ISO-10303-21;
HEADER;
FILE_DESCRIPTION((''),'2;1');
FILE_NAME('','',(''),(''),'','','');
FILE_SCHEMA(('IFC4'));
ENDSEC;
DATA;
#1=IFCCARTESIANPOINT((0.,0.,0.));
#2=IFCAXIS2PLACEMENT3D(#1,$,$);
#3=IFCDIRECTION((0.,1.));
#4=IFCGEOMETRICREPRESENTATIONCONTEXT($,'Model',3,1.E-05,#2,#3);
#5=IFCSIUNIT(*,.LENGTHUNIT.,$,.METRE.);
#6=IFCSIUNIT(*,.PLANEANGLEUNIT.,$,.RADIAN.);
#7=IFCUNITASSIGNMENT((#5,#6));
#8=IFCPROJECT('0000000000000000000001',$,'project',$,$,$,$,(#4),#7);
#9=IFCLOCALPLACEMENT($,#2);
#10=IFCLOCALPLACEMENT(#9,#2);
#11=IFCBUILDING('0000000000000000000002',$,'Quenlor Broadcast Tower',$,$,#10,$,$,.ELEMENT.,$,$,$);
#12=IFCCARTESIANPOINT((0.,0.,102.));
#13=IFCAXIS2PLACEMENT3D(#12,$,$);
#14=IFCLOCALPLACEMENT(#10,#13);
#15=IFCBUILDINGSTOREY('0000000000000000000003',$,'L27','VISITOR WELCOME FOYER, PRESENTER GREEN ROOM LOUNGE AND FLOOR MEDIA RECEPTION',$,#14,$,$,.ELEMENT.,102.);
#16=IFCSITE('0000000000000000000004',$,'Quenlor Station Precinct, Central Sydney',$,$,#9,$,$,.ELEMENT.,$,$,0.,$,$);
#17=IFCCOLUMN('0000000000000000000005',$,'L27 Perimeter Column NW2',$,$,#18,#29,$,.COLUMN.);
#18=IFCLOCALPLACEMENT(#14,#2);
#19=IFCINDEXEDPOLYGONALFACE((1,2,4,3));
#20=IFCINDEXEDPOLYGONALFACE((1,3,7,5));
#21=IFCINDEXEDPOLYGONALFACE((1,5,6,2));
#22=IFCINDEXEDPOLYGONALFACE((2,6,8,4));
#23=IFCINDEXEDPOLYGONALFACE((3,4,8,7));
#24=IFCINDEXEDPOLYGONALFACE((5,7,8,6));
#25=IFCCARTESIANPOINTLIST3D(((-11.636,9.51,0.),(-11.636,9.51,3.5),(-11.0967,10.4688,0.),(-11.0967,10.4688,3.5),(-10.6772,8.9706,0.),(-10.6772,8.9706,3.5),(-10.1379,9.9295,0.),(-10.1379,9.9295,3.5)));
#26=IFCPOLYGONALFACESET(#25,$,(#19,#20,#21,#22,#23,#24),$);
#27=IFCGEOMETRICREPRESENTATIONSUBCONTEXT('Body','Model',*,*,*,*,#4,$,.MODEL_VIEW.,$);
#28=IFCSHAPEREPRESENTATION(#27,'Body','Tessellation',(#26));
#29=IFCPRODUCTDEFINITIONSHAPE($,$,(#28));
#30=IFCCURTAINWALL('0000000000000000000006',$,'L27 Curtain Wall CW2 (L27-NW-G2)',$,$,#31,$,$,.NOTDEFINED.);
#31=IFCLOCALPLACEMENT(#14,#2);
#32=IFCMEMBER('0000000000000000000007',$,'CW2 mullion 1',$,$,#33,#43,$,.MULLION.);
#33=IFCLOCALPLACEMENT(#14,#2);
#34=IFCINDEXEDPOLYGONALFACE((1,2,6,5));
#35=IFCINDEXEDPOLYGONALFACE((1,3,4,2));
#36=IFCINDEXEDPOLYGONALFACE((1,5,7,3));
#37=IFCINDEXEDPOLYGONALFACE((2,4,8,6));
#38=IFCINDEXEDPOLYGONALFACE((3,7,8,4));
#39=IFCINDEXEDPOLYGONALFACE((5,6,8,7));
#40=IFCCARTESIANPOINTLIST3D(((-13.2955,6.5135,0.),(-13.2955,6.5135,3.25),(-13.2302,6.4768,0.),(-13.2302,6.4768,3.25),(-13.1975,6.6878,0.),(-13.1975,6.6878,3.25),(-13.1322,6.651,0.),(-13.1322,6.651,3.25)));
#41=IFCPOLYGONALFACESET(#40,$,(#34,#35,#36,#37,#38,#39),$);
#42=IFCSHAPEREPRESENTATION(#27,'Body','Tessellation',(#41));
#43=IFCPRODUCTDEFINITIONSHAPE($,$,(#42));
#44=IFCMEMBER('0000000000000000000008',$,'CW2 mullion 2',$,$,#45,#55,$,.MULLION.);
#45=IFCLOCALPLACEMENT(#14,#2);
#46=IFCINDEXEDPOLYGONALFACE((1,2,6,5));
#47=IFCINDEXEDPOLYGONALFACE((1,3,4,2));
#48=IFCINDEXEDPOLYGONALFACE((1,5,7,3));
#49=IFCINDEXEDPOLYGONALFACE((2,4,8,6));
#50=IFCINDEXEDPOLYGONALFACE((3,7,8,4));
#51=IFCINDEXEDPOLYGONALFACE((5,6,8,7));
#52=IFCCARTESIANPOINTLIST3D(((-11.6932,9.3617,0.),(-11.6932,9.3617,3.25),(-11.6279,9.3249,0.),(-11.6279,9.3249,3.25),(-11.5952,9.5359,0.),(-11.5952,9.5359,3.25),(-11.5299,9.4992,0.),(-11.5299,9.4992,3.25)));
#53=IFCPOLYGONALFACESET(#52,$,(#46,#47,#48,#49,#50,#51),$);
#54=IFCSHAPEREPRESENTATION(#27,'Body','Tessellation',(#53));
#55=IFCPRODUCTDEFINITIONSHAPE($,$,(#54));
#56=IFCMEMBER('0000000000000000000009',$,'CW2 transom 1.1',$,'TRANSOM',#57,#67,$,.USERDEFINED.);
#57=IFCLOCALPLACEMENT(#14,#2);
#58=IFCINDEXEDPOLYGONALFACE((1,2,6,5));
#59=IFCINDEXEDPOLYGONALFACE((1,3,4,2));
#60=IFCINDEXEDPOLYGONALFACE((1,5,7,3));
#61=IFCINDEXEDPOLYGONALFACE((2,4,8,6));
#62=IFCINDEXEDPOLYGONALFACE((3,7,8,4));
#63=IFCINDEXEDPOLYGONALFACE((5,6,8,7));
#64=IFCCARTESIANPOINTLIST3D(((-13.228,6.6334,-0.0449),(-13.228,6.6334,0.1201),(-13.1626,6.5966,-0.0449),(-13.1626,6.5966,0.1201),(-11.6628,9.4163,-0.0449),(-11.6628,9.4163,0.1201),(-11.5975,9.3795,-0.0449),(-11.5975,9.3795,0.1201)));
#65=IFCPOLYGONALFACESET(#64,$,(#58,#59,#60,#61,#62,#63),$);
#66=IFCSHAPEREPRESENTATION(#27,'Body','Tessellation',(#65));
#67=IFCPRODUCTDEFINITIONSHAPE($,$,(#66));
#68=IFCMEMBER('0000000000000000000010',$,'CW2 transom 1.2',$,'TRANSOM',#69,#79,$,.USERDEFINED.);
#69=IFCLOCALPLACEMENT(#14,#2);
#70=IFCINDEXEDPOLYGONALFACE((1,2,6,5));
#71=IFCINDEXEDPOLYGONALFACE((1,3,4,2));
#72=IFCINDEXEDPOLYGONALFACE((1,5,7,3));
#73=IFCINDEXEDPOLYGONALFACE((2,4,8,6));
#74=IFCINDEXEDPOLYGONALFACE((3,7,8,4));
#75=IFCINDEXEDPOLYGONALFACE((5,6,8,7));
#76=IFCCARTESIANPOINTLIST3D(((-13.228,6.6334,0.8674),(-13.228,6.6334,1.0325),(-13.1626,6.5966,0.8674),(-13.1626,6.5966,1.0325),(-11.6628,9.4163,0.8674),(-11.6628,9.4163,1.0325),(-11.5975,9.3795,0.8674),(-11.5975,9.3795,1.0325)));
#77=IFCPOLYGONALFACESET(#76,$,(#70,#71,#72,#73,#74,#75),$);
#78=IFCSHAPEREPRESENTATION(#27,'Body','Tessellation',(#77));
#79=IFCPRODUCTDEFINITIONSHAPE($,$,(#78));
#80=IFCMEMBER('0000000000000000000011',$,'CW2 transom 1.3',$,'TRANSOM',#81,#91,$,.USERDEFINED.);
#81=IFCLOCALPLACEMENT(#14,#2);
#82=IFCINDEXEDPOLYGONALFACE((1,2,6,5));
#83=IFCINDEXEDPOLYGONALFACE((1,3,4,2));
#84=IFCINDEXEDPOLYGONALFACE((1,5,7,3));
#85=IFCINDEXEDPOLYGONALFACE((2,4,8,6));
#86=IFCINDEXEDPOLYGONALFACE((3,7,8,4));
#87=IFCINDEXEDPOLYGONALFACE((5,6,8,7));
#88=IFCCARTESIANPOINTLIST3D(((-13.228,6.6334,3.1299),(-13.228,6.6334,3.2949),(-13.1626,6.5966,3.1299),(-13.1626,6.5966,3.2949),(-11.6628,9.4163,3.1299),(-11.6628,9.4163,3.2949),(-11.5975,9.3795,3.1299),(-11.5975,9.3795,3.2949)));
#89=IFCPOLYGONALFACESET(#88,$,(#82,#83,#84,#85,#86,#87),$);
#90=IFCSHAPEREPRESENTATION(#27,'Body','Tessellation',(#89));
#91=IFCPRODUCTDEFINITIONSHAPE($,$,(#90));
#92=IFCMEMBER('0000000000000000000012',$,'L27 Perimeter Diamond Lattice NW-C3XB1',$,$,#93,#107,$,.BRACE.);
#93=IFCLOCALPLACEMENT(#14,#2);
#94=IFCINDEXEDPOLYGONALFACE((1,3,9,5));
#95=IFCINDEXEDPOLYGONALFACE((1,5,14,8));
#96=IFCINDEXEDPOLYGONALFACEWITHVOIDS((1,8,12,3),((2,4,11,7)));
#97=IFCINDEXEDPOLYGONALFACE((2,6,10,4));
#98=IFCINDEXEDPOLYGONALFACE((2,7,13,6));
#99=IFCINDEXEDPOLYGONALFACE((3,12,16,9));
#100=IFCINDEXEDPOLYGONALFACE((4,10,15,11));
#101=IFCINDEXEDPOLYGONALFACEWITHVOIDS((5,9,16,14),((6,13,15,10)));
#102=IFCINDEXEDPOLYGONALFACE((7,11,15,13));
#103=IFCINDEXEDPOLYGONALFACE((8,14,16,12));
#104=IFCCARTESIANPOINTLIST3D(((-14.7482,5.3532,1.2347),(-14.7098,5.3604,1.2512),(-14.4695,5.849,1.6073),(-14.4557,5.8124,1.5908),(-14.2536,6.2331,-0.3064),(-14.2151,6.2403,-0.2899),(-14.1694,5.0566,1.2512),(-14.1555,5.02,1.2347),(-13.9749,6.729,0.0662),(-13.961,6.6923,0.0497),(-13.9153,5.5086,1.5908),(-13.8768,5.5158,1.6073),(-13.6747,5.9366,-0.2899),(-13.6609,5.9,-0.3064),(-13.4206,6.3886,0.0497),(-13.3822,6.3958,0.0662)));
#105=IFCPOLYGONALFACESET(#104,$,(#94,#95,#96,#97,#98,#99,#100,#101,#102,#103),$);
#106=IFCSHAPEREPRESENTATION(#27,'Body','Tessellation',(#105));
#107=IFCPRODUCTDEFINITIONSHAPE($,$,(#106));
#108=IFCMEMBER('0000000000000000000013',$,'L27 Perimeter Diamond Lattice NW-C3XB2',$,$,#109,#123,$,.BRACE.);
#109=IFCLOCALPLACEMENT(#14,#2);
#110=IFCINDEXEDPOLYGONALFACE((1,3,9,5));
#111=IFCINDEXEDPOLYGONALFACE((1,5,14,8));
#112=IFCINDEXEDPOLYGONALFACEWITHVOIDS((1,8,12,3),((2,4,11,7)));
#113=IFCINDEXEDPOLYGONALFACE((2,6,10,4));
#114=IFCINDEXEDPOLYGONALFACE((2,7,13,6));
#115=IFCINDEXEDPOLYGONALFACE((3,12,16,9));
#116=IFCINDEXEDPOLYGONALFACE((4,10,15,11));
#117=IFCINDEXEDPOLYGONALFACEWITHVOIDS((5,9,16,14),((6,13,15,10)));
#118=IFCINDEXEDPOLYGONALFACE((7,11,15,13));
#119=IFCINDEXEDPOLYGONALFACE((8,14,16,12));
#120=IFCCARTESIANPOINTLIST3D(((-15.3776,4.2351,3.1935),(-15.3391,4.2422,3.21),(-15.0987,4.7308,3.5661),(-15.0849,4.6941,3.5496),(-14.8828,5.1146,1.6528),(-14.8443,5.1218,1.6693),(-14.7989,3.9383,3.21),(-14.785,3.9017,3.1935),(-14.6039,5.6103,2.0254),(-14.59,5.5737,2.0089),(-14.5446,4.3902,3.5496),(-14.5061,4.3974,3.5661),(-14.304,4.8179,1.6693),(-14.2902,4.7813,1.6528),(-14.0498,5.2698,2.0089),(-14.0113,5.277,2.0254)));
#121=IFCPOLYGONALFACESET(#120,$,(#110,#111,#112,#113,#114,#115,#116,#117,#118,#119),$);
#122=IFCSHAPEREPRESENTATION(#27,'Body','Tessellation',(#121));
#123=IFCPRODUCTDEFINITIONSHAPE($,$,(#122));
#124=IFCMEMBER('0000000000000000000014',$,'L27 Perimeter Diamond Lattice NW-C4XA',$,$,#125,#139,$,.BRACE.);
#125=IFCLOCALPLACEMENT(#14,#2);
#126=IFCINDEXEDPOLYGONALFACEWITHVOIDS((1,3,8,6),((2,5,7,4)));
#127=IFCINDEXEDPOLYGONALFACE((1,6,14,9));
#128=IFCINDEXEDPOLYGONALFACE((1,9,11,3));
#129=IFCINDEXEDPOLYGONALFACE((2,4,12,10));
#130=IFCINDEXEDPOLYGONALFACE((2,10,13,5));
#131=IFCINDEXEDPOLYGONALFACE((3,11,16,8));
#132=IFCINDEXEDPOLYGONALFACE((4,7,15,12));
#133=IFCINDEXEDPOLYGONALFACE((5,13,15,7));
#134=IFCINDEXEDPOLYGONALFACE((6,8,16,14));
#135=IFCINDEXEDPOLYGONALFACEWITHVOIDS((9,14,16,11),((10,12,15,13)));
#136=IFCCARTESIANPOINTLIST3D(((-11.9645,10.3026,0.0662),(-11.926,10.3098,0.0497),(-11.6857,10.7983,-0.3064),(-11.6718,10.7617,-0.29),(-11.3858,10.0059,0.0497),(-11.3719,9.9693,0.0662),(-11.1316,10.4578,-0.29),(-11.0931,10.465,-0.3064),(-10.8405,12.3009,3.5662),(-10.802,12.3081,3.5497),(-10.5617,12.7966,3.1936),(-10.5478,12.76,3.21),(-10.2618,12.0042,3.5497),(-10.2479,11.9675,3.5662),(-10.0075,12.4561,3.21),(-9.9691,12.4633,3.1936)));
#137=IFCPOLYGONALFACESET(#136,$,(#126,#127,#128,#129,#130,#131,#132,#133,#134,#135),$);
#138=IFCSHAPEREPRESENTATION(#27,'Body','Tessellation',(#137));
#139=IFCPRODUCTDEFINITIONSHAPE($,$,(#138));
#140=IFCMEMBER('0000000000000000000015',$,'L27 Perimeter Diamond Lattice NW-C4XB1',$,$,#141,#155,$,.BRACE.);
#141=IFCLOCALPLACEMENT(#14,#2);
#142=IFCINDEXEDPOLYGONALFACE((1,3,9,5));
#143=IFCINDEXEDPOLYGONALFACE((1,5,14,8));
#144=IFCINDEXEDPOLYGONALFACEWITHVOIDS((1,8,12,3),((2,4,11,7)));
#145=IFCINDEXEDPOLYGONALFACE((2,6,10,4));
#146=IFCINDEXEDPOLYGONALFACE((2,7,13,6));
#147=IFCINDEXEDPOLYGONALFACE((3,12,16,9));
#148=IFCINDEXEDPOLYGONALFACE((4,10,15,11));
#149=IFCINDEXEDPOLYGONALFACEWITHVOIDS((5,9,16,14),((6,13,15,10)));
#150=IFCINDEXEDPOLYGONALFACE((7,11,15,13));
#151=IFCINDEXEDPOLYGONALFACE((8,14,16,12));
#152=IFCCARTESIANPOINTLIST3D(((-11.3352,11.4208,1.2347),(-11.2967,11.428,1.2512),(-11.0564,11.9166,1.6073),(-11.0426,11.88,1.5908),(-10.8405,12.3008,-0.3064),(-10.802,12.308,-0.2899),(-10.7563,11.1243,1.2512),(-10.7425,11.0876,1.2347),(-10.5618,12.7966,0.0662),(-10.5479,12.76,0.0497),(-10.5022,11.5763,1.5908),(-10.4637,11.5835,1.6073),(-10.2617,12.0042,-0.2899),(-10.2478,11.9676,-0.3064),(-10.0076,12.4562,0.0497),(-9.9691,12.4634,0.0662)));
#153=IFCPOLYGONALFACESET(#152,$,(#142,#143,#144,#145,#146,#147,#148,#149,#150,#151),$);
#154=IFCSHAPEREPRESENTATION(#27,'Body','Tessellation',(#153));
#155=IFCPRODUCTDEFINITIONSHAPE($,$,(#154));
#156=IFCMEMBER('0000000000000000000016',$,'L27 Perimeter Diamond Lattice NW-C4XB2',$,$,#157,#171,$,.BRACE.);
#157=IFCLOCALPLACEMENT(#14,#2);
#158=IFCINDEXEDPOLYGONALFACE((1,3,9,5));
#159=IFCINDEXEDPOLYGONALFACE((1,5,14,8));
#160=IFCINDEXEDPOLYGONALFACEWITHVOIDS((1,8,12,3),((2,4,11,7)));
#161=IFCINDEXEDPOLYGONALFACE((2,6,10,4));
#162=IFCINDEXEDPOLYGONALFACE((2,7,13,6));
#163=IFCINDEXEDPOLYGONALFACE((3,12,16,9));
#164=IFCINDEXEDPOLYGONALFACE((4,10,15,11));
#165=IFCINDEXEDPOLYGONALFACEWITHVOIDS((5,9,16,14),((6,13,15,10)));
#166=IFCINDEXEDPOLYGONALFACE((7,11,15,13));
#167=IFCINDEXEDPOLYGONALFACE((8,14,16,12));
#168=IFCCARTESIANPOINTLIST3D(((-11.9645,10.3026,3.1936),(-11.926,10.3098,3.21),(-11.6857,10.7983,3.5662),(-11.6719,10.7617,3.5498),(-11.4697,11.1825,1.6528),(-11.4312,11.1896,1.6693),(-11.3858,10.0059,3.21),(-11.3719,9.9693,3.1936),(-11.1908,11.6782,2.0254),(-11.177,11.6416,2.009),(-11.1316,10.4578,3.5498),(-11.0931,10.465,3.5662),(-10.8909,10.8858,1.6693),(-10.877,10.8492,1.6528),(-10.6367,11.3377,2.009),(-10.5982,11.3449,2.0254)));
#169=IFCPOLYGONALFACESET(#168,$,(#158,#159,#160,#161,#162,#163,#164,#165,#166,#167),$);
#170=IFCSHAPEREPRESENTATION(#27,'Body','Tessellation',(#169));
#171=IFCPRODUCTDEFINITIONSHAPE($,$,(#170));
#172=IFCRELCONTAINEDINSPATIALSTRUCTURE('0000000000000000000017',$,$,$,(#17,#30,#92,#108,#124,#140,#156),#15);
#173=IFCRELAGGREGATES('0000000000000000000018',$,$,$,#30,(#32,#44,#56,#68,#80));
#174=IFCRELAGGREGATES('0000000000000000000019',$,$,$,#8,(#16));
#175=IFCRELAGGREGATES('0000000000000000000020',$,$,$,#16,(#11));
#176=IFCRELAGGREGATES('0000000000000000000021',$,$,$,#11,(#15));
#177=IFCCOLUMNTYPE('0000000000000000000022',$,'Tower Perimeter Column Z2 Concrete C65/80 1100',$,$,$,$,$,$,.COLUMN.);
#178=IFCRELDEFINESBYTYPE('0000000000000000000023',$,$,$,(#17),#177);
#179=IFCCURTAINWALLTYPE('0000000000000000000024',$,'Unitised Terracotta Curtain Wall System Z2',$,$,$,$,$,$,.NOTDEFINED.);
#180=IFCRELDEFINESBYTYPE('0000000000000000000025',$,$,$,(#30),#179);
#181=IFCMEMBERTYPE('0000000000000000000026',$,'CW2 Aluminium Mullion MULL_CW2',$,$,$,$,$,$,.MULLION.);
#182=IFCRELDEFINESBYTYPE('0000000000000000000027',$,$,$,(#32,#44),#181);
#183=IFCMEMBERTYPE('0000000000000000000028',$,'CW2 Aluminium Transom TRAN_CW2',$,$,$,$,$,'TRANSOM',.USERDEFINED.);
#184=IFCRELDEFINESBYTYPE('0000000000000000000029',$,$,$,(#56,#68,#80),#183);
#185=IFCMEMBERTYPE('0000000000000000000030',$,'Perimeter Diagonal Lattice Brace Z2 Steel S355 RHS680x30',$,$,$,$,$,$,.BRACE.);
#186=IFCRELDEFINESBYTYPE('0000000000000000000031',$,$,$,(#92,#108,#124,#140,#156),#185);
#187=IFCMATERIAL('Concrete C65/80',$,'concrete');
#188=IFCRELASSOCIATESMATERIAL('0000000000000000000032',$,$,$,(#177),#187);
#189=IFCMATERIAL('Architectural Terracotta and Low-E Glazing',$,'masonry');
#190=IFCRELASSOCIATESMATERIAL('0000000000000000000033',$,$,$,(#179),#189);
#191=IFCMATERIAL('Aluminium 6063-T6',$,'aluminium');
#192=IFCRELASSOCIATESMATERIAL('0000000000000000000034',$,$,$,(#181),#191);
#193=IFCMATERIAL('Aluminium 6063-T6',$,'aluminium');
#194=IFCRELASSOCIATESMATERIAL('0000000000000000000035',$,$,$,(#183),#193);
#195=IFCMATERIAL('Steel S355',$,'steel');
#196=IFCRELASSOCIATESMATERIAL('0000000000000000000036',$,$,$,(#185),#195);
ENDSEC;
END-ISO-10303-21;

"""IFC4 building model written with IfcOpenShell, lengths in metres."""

from ifc_helpers import new_model, si_unit, direction, frame, origin, origin_2d, place, context, subcontext, project, spatial, rectangle, hollow_rectangle, extrude, material, material_profile, profile_set, type_object, element, aggregate, save


model = new_model("IFC4")

# Units and contexts
model_context = context("Model", 3, precision=1e-05, world=origin(), true_north=direction((0.0, 1.0)))
body_context = subcontext(model_context, "Body", "Model", "MODEL_VIEW")
ifc_project = project(units=[si_unit("LENGTHUNIT", "METRE"), si_unit("PLANEANGLEUNIT", "RADIAN")], contexts=[model_context])

# Site, building, storey
site_placement = place(None, origin())
site = spatial("IfcSite", under=ifc_project, at=site_placement, Name="Quenlor Station Precinct, Central Sydney", CompositionType="ELEMENT", RefElevation=0.0)
building_placement = place(site_placement, origin())
building = spatial("IfcBuilding", under=site, at=building_placement, Name="Quenlor Broadcast Tower", CompositionType="ELEMENT")
storey_placement = place(building_placement, frame((0.0, 0.0, 102.0)))
storey = spatial("IfcBuildingStorey", under=building, at=storey_placement, Name="L27", Description="VISITOR WELCOME FOYER, PRESENTER GREEN ROOM LOUNGE AND FLOOR MEDIA RECEPTION", CompositionType="ELEMENT", Elevation=102.0)

# Column
ifc_material_1 = material(Name="Concrete C65/80", Category="concrete")
ifc_material_profile_1 = material_profile(ifc_material_1, rectangle(XDim=1.1001, YDim=1.1001, at=origin_2d()))
ifc_profile_set_1 = profile_set([ifc_material_profile_1], Name="Concrete C65/80 RC1100x1100")
column_type = type_object("IfcColumnType", Name="Tower Perimeter Column Z2 Concrete C65/80 1100", PredefinedType="COLUMN", material=ifc_profile_set_1)
column_placement = place(storey_placement, frame((-10.887, 9.7197, 0.0), z_axis=(0.0, 0.0, 1.0), x_axis=(-0.871575, 0.490262, 0.0)))
element("IfcColumn", 1, at=column_placement, inside=storey, type_object=column_type, Name="L27 Perimeter Column NW2", PredefinedType="COLUMN", context=body_context, shape_type="SweptSolid", body=[
    extrude(rectangle(XDim=1.1001, YDim=1.1001, at=origin_2d()), origin(), (0.0, 0.0, 1.0), 3.5),
])

# Curtain wall, members
ifc_material_2 = material(Name="Architectural Terracotta and Low-E Glazing", Category="masonry")
curtain_wall_type = type_object("IfcCurtainWallType", Name="Unitised Terracotta Curtain Wall System Z2", PredefinedType="NOTDEFINED", material=ifc_material_2)
curtain_wall_placement = place(storey_placement, origin())
curtain_wall = element("IfcCurtainWall", 2, at=curtain_wall_placement, inside=storey, type_object=curtain_wall_type, Name="L27 Curtain Wall CW2 (L27-NW-G2)", PredefinedType="NOTDEFINED")
ifc_material_3 = material(Name="Aluminium 6063-T6", Category="aluminium")
ifc_material_profile_2 = material_profile(ifc_material_3, rectangle(XDim=0.075, YDim=0.2, at=origin_2d()))
ifc_profile_set_2 = profile_set([ifc_material_profile_2], Name="Aluminium 6063-T6 MULL75x200")
member_type_1 = type_object("IfcMemberType", Name="CW2 Aluminium Mullion MULL_CW2", PredefinedType="MULLION", material=ifc_profile_set_2)
member_1_placement = place(storey_placement, frame((-13.2139, 6.5823, 0.0), z_axis=(0.0, 0.0, 1.0), x_axis=(-0.871576, 0.490261, 0.0)))
member_1 = element("IfcMember", 3, at=member_1_placement, type_object=member_type_1, Name="CW2 mullion 1", PredefinedType="MULLION", context=body_context, shape_type="SweptSolid", body=[
    extrude(rectangle(XDim=0.075, YDim=0.2, at=origin_2d()), origin(), (0.0, 0.0, 1.0), 3.25),
])
member_2_placement = place(storey_placement, frame((-11.6116, 9.4304, 0.0), z_axis=(0.0, 0.0, 1.0), x_axis=(-0.871576, 0.490261, 0.0)))
member_2 = element("IfcMember", 4, at=member_2_placement, type_object=member_type_1, Name="CW2 mullion 2", PredefinedType="MULLION", context=body_context, shape_type="SweptSolid", body=[
    extrude(rectangle(XDim=0.075, YDim=0.2, at=origin_2d()), origin(), (0.0, 0.0, 1.0), 3.25),
])
ifc_material_4 = material(Name="Aluminium 6063-T6", Category="aluminium")
ifc_material_profile_3 = material_profile(ifc_material_4, rectangle(XDim=0.075, YDim=0.165, at=origin_2d()))
ifc_profile_set_3 = profile_set([ifc_material_profile_3], Name="Aluminium 6063-T6 TRAN75x165")
member_type_2 = type_object("IfcMemberType", Name="CW2 Aluminium Transom TRAN_CW2", ElementType="TRANSOM", PredefinedType="USERDEFINED", material=ifc_profile_set_3)
member_3_placement = place(storey_placement, frame((-13.1953, 6.615, 0.0376), z_axis=(0.490207, 0.871606, 0.0), x_axis=(-0.871606, 0.490207, 0.0)))
member_3 = element("IfcMember", 5, at=member_3_placement, type_object=member_type_2, Name="CW2 transom 1.1", ObjectType="TRANSOM", PredefinedType="USERDEFINED", context=body_context, shape_type="SweptSolid", body=[
    extrude(rectangle(XDim=0.075, YDim=0.165, at=origin_2d()), origin(), (0.0, 0.0, 1.0), 3.1929),
])
member_4_placement = place(storey_placement, frame((-13.1953, 6.615, 0.95), z_axis=(0.490207, 0.871606, 0.0), x_axis=(-0.871606, 0.490207, 0.0)))
member_4 = element("IfcMember", 6, at=member_4_placement, type_object=member_type_2, Name="CW2 transom 1.2", ObjectType="TRANSOM", PredefinedType="USERDEFINED", context=body_context, shape_type="SweptSolid", body=[
    extrude(rectangle(XDim=0.075, YDim=0.165, at=origin_2d()), origin(), (0.0, 0.0, 1.0), 3.1929),
])
member_5_placement = place(storey_placement, frame((-13.1953, 6.615, 3.2124), z_axis=(0.490207, 0.871606, 0.0), x_axis=(-0.871606, 0.490207, 0.0)))
member_5 = element("IfcMember", 7, at=member_5_placement, type_object=member_type_2, Name="CW2 transom 1.3", ObjectType="TRANSOM", PredefinedType="USERDEFINED", context=body_context, shape_type="SweptSolid", body=[
    extrude(rectangle(XDim=0.075, YDim=0.165, at=origin_2d()), origin(), (0.0, 0.0, 1.0), 3.1929),
])

# Members
ifc_material_5 = material(Name="Steel S355", Category="steel")
ifc_material_profile_4 = material_profile(ifc_material_5, hollow_rectangle(XDim=0.6799, YDim=0.6799, WallThickness=0.03, at=origin_2d()))
ifc_profile_set_4 = profile_set([ifc_material_profile_4], Name="Steel S355 RHS680x680x30")
member_type_3 = type_object("IfcMemberType", Name="Perimeter Diagonal Lattice Brace Z2 Steel S355 RHS680x30", PredefinedType="BRACE", material=ifc_profile_set_4)
member_6_placement = place(storey_placement, frame((-13.8179, 6.3145, -0.1201), z_axis=(-0.268504, -0.477635, 0.836523), x_axis=(0.871705, -0.490032, 0.0)))
element("IfcMember", 8, at=member_6_placement, inside=storey, type_object=member_type_3, Name="L27 Perimeter Diamond Lattice NW-C3XB1", PredefinedType="BRACE", context=body_context, shape_type="SweptSolid", body=[
    extrude(hollow_rectangle(XDim=0.6799, YDim=0.6799, WallThickness=0.03, at=origin_2d()), origin(), (0.0, 0.0, 1.0), 1.8423),
])
member_7_placement = place(storey_placement, frame((-14.447, 5.1958, 1.8391), z_axis=(-0.268674, -0.477568, 0.836507), x_axis=(0.871543, -0.490319, 0.0)))
element("IfcMember", 9, at=member_7_placement, inside=storey, type_object=member_type_3, Name="L27 Perimeter Diamond Lattice NW-C3XB2", PredefinedType="BRACE", context=body_context, shape_type="SweptSolid", body=[
    extrude(hollow_rectangle(XDim=0.6799, YDim=0.6799, WallThickness=0.03, at=origin_2d()), origin(), (0.0, 0.0, 1.0), 1.8418),
])
member_8_placement = place(storey_placement, frame((-11.5288, 10.3838, -0.1201), z_axis=(0.268642, 0.477593, 0.836502), x_axis=(-0.871578, 0.490256, 0.0)))
element("IfcMember", 10, at=member_8_placement, inside=storey, type_object=member_type_3, Name="L27 Perimeter Diamond Lattice NW-C4XA", PredefinedType="BRACE", context=body_context, shape_type="SweptSolid", body=[
    extrude(hollow_rectangle(XDim=0.6799, YDim=0.6799, WallThickness=0.03, at=origin_2d()), origin(), (0.0, 0.0, 1.0), 4.1841),
])
member_9_placement = place(storey_placement, frame((-10.4048, 12.3821, -0.1201), z_axis=(-0.268504, -0.477635, 0.836523), x_axis=(0.871705, -0.490032, 0.0)))
element("IfcMember", 11, at=member_9_placement, inside=storey, type_object=member_type_3, Name="L27 Perimeter Diamond Lattice NW-C4XB1", PredefinedType="BRACE", context=body_context, shape_type="SweptSolid", body=[
    extrude(hollow_rectangle(XDim=0.6799, YDim=0.6799, WallThickness=0.03, at=origin_2d()), origin(), (0.0, 0.0, 1.0), 1.8423),
])
member_10_placement = place(storey_placement, frame((-11.0339, 11.2637, 1.8391), z_axis=(-0.268657, -0.477671, 0.836454), x_axis=(0.871601, -0.490215, 0.0)))
element("IfcMember", 12, at=member_10_placement, inside=storey, type_object=member_type_3, Name="L27 Perimeter Diamond Lattice NW-C4XB2", PredefinedType="BRACE", context=body_context, shape_type="SweptSolid", body=[
    extrude(hollow_rectangle(XDim=0.6799, YDim=0.6799, WallThickness=0.03, at=origin_2d()), origin(), (0.0, 0.0, 1.0), 1.842),
])

aggregate(curtain_wall, [member_1, member_2, member_3, member_4, member_5])

save(model, "model.ifc")
